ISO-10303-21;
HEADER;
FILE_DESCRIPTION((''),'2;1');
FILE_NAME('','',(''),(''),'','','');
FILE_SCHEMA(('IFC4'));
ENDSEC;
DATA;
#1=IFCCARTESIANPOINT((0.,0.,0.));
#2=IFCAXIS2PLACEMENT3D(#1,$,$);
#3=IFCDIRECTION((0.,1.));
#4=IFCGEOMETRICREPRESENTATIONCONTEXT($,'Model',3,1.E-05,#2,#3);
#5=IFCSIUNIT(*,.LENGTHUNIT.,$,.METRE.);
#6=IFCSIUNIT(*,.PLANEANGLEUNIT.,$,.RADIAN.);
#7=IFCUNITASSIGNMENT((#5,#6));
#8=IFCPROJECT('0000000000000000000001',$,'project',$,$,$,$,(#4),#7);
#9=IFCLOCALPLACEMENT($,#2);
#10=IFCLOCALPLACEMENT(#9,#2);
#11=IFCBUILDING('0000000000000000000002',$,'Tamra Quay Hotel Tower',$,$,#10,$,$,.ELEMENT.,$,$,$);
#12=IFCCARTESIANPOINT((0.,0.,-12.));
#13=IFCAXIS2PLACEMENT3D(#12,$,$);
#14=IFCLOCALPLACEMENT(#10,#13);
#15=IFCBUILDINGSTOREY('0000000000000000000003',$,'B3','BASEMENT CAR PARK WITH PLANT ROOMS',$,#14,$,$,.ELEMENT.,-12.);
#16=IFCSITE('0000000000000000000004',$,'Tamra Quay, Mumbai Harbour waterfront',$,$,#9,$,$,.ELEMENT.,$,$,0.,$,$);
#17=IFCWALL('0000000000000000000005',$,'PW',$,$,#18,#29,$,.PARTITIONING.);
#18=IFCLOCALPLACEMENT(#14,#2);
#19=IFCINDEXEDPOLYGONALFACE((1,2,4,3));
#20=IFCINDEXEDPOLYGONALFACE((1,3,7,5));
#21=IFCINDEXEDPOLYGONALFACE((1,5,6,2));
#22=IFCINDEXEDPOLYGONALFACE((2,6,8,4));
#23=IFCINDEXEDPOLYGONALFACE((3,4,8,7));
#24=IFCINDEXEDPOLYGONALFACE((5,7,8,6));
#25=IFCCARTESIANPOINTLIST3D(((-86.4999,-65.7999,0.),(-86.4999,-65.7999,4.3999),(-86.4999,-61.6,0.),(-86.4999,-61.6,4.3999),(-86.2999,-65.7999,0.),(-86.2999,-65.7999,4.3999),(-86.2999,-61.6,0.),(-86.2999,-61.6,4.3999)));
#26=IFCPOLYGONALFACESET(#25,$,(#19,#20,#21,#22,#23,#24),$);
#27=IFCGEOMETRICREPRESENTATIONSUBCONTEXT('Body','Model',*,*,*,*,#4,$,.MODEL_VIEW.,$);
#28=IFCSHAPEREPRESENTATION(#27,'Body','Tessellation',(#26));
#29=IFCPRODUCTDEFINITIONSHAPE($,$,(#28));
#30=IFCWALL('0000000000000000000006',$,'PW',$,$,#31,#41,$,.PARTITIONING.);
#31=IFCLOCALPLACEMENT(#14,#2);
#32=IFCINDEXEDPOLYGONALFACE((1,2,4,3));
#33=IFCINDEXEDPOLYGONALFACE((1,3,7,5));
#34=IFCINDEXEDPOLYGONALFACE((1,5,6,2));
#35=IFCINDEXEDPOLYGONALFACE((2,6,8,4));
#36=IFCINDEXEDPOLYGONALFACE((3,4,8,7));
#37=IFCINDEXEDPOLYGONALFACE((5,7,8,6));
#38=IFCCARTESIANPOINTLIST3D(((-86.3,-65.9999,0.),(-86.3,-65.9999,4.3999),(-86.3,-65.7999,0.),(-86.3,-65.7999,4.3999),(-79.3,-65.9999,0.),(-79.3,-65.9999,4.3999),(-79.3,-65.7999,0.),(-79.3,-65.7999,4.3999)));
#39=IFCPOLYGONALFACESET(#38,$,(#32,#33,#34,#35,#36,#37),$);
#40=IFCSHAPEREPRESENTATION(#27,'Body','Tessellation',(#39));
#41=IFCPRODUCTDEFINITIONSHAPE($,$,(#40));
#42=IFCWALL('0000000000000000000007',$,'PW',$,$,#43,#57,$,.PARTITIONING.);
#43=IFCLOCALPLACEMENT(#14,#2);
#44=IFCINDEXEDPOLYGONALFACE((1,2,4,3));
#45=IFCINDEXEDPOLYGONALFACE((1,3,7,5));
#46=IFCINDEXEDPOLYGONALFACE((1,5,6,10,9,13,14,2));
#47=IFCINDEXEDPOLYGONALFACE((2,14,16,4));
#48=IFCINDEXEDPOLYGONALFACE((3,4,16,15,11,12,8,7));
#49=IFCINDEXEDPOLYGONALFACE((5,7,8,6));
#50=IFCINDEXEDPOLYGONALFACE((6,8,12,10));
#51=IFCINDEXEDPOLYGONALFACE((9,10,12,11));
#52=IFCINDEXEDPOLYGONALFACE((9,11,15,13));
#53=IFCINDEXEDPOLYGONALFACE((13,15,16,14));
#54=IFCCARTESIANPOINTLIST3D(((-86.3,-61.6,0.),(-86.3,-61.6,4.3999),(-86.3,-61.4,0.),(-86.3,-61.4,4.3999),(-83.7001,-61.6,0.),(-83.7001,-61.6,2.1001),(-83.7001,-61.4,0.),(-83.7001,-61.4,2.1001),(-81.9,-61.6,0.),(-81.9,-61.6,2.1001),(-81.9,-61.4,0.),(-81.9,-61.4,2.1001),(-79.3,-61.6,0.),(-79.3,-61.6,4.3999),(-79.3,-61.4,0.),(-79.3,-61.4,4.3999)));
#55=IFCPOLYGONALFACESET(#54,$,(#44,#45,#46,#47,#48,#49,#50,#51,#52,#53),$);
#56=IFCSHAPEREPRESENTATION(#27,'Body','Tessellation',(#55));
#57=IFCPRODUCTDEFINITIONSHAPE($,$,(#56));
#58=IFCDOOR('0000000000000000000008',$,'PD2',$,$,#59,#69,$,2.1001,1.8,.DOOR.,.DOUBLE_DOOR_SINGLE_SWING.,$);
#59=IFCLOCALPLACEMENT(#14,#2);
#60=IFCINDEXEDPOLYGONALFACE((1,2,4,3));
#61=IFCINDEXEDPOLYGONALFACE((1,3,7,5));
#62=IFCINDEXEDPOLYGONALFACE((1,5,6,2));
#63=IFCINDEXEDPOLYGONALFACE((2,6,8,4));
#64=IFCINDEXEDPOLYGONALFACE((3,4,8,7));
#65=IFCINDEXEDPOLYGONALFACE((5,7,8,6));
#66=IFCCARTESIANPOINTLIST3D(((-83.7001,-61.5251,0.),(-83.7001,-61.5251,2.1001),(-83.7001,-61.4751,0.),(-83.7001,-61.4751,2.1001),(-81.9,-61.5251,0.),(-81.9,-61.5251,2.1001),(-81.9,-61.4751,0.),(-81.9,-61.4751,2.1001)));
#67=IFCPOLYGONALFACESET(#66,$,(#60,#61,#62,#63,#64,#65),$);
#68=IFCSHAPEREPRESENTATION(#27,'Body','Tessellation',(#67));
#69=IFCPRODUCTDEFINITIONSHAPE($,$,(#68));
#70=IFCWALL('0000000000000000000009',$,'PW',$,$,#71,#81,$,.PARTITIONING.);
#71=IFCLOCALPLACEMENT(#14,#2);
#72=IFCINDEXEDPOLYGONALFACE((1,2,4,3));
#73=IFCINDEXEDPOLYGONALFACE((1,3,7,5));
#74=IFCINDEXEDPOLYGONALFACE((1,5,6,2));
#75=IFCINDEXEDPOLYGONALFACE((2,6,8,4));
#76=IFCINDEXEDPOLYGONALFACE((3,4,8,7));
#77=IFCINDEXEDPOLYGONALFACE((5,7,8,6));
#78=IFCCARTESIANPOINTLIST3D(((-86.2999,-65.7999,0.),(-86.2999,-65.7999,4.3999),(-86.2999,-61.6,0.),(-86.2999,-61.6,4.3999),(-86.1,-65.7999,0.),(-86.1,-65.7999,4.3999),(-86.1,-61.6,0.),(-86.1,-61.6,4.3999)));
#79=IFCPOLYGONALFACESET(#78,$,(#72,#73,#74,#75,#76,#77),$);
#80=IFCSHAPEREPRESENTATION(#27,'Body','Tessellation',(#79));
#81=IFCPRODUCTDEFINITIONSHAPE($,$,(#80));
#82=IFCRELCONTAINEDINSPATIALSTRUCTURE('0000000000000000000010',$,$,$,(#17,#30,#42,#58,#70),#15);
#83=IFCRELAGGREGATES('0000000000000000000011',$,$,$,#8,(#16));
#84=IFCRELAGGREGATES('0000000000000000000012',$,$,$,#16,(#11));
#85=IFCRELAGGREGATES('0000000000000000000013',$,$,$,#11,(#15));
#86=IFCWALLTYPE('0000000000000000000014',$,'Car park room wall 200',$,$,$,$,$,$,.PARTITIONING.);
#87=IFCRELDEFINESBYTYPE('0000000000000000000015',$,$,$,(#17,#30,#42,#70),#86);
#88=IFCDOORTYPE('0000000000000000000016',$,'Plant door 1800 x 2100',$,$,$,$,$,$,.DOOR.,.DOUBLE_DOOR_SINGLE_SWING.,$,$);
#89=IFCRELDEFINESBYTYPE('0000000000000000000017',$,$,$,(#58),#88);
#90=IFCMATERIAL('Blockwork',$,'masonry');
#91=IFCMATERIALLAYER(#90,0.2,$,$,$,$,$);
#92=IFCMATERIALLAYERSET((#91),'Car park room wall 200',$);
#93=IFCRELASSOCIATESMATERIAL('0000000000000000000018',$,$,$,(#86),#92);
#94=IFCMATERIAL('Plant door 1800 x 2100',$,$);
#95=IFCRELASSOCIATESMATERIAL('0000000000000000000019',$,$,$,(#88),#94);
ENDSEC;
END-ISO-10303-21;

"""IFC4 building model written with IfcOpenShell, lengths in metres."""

from ifc_helpers import new_model, si_unit, direction, frame, frame_2d, origin, place, context, subcontext, project, spatial, rectangle, extrude, material, layer, layer_set, type_object, element, fill, save


model = new_model("IFC4")

# Units and contexts
model_context = context("Model", 3, precision=1e-05, world=origin(), true_north=direction((0.0, 1.0)))
body_context = subcontext(model_context, "Body", "Model", "MODEL_VIEW")
ifc_project = project(units=[si_unit("LENGTHUNIT", "METRE"), si_unit("PLANEANGLEUNIT", "RADIAN")], contexts=[model_context])

# Site, building, storey
site_placement = place(None, origin())
site = spatial("IfcSite", under=ifc_project, at=site_placement, Name="Tamra Quay, Mumbai Harbour waterfront", CompositionType="ELEMENT", RefElevation=0.0)
building_placement = place(site_placement, origin())
building = spatial("IfcBuilding", under=site, at=building_placement, Name="Tamra Quay Hotel Tower", CompositionType="ELEMENT")
storey_placement = place(building_placement, frame((0.0, 0.0, -12.0)))
storey = spatial("IfcBuildingStorey", under=building, at=storey_placement, Name="B3", Description="BASEMENT CAR PARK WITH PLANT ROOMS", CompositionType="ELEMENT", Elevation=-12.0)

# Shared definitions
ifc_material_1 = material(Name="Blockwork", Category="masonry")
ifc_layer = layer(ifc_material_1, 0.2)
ifc_layer_set = layer_set([ifc_layer], Name="Car park room wall 200")
wall_type = type_object("IfcWallType", Name="Car park room wall 200", PredefinedType="PARTITIONING", material=ifc_layer_set)
ifc_material_2 = material(Name="Plant door 1800 x 2100")
door_type = type_object("IfcDoorType", Name="Plant door 1800 x 2100", OperationType="DOUBLE_DOOR_SINGLE_SWING", PredefinedType="DOOR", material=ifc_material_2)

# Walls
for number, where, z_axis, x_axis, name in (
    (1, (-86.3999, -65.8, 0.0), (0.0, 0.0, 1.0), (0.0, 1.0, 0.0), "PW"),
):
    element("IfcWall", number, at=place(storey_placement, frame(where, z_axis=z_axis, x_axis=x_axis)), inside=storey, type_object=wall_type, Name=name, PredefinedType="PARTITIONING", context=body_context, shape_type="SweptSolid", body=[
        extrude(rectangle(XDim=4.2, YDim=0.2, at=frame_2d((2.1001, 0.0))), origin(), (0.0, 0.0, 1.0), 4.3999),
    ])
wall_1_placement = place(storey_placement, frame((-86.3, -65.8999, 0.0), z_axis=(0.0, 0.0, 1.0), x_axis=(1.0, 0.0, 0.0)))
element("IfcWall", 2, at=wall_1_placement, inside=storey, type_object=wall_type, Name="PW", PredefinedType="PARTITIONING", context=body_context, shape_type="SweptSolid", body=[
    extrude(rectangle(XDim=7.0, YDim=0.2, at=frame_2d((3.5, 0.0))), origin(), (0.0, 0.0, 1.0), 4.3999),
])

# Wall, opening, door
wall_2_placement = place(storey_placement, frame((-86.3, -61.5, 0.0), z_axis=(0.0, 0.0, 1.0), x_axis=(1.0, 0.0, 0.0)))
wall_2 = element("IfcWall", 3, at=wall_2_placement, inside=storey, type_object=wall_type, Name="PW", PredefinedType="PARTITIONING", context=body_context, shape_type="SweptSolid", body=[
    extrude(rectangle(XDim=7.0, YDim=0.2, at=frame_2d((3.5, 0.0))), origin(), (0.0, 0.0, 1.0), 4.3999),
])
opening_1_placement = place(wall_2_placement, frame((2.6001, 0.0, 0.0)))
opening_1 = element("IfcOpeningElement", 4, at=opening_1_placement, cuts=wall_2, PredefinedType="OPENING", context=body_context, shape_type="SweptSolid", body=[
    extrude(rectangle(XDim=1.8, YDim=2.1001, at=frame_2d((0.8999, 1.05))), frame((0.0, 0.1099, 0.0), z_axis=(0.0, -1.0, 0.0), x_axis=(1.0, 0.0, 0.0)), (0.0, 0.0, 1.0), 0.22),
])
door_1_placement = place(opening_1_placement, origin())
door_1 = element("IfcDoor", 5, at=door_1_placement, inside=storey, type_object=door_type, Name="PD2", OperationType="DOUBLE_DOOR_SINGLE_SWING", OverallHeight=2.1001, OverallWidth=1.8, PredefinedType="DOOR", context=body_context, shape_type="SweptSolid", body=[
    extrude(rectangle(XDim=1.8, YDim=2.1001, at=frame_2d((0.8999, 1.05))), frame((0.0, 0.0249, 0.0), z_axis=(0.0, -1.0, 0.0), x_axis=(1.0, 0.0, 0.0)), (0.0, 0.0, 1.0), 0.05),
])
fill(opening_1, door_1)

# Wall
wall_3_placement = place(storey_placement, frame((-86.2, -65.8, 0.0), z_axis=(0.0, 0.0, 1.0), x_axis=(0.0, 1.0, 0.0)))
element("IfcWall", 6, at=wall_3_placement, inside=storey, type_object=wall_type, Name="PW", PredefinedType="PARTITIONING", context=body_context, shape_type="SweptSolid", body=[
    extrude(rectangle(XDim=4.2, YDim=0.2, at=frame_2d((2.1001, 0.0))), origin(), (0.0, 0.0, 1.0), 4.3999),
])

save(model, "model.ifc")
